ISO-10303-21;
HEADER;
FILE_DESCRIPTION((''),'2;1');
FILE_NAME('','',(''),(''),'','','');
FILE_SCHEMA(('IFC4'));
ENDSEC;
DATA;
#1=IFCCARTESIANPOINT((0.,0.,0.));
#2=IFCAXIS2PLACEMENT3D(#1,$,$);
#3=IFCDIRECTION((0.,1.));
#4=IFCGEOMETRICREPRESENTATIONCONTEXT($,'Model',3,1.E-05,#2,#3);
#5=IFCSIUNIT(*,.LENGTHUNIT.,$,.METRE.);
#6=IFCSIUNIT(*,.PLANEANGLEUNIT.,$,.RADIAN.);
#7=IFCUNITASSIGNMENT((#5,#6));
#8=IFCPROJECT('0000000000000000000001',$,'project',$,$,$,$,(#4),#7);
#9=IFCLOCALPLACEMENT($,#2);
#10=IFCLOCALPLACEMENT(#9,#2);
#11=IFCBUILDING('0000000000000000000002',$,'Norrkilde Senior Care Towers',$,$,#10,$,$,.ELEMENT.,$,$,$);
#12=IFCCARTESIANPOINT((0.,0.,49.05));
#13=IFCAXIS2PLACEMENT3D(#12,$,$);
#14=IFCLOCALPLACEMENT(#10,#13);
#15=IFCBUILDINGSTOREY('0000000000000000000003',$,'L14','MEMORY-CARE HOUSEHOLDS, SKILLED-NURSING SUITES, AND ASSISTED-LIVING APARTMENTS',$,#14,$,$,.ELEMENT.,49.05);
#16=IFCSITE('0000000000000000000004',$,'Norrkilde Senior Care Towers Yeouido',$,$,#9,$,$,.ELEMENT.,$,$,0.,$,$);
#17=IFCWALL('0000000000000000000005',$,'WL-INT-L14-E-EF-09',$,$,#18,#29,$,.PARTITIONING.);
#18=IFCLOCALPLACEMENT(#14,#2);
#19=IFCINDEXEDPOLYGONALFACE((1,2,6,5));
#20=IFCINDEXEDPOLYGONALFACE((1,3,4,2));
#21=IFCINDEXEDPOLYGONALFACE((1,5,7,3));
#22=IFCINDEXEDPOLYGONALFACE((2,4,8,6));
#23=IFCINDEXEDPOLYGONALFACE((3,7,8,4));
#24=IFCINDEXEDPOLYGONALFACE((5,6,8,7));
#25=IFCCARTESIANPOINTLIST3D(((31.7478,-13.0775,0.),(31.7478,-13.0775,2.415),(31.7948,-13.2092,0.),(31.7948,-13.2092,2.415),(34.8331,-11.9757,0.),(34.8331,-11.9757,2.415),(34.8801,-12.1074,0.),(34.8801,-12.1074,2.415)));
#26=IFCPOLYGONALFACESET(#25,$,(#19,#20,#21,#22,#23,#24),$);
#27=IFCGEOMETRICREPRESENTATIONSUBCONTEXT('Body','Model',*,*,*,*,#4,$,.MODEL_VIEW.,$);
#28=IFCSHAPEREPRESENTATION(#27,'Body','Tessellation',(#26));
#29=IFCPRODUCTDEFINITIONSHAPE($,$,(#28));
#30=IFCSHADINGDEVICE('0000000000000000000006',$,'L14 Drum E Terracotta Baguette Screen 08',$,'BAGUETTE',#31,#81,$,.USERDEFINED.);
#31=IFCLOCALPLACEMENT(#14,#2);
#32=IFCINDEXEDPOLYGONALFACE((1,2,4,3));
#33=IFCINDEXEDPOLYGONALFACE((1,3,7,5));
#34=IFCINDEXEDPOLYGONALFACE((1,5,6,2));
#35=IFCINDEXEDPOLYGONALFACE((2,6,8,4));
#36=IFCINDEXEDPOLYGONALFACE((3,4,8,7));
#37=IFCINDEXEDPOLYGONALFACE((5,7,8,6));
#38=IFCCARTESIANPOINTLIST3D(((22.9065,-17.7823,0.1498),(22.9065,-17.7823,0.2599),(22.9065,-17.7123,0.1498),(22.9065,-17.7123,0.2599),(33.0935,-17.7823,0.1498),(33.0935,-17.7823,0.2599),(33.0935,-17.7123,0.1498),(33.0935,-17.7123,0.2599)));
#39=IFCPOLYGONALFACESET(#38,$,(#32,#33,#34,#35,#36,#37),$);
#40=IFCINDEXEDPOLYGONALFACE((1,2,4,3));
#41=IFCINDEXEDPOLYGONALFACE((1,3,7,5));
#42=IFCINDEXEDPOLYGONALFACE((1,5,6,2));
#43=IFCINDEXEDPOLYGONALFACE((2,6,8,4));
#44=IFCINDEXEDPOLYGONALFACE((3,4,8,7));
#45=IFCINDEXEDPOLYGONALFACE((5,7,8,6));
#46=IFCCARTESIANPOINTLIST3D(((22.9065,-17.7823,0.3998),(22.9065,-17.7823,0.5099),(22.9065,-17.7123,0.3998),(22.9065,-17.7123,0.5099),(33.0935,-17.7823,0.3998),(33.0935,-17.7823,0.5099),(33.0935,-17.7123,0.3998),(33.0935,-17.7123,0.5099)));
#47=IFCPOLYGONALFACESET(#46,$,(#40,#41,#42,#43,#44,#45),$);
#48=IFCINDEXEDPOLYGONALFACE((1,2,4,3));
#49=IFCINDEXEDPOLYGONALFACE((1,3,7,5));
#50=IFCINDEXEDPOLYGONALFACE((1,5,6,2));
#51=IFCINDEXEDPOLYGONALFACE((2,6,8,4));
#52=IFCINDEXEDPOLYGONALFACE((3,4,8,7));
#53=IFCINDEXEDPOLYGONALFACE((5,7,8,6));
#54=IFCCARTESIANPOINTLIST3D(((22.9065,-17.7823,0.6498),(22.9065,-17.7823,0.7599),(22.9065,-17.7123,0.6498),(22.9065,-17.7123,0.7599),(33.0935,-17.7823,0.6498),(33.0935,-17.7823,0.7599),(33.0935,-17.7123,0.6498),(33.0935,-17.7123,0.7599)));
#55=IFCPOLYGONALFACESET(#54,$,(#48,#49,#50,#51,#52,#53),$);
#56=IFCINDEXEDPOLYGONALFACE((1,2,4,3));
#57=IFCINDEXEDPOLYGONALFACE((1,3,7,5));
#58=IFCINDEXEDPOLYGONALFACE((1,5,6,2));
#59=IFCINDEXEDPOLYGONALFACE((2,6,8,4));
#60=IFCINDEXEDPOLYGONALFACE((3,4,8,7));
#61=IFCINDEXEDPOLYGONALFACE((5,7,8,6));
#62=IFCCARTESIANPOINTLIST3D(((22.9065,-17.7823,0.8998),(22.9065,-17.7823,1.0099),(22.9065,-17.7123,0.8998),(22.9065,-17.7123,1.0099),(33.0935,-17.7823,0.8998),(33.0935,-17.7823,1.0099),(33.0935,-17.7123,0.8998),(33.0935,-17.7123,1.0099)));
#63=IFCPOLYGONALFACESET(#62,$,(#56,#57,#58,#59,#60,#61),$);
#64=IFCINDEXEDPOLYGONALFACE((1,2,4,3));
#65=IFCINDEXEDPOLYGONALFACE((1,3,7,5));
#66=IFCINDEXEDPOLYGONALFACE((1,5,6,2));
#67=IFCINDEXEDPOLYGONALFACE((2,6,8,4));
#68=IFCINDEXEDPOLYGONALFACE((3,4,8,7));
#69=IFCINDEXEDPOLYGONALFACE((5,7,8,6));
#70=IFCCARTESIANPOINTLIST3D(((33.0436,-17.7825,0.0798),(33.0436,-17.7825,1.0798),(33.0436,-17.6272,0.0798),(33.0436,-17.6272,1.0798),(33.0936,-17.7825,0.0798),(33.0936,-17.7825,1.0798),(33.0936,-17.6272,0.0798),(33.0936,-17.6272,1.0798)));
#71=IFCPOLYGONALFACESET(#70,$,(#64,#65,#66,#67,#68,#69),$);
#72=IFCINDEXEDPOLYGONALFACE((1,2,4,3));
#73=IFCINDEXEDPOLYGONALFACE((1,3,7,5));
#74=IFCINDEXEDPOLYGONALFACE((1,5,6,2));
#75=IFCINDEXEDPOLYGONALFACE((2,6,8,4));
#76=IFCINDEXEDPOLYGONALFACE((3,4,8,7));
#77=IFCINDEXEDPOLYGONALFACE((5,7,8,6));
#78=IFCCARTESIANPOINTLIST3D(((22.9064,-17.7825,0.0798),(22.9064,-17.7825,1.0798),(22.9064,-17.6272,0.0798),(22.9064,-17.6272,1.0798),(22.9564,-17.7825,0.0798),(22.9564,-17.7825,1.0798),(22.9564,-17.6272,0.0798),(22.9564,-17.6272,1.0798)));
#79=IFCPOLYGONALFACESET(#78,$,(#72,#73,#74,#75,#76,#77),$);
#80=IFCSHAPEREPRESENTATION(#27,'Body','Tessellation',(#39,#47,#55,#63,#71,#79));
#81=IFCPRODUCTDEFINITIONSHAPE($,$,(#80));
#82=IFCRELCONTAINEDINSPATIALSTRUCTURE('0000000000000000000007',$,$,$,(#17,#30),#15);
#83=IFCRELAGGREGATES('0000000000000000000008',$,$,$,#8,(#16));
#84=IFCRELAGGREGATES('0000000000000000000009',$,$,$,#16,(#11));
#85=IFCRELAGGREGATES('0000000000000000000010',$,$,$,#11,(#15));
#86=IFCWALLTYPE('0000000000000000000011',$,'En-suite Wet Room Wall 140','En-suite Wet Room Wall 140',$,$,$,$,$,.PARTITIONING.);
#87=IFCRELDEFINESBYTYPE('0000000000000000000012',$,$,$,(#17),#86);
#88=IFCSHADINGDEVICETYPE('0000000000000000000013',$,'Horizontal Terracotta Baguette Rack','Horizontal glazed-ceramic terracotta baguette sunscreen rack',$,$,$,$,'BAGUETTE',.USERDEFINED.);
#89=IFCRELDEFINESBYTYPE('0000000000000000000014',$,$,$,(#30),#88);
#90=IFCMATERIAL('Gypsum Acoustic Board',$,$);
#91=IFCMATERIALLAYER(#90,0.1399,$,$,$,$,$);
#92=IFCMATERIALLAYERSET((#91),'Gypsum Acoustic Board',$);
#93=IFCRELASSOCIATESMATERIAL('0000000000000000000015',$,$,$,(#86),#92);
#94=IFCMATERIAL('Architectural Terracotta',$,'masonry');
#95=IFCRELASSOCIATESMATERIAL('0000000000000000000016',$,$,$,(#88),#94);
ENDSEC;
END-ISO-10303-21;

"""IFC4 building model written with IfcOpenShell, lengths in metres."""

from ifc_helpers import new_model, si_unit, direction, frame, frame_2d, origin, origin_2d, place, context, subcontext, project, spatial, rectangle, extrude, source, transform, mapped, material, layer, layer_set, type_object, type_shapes, element, save


model = new_model("IFC4")

# Units and contexts
model_context = context("Model", 3, precision=1e-05, world=origin(), true_north=direction((0.0, 1.0)))
body_context = subcontext(model_context, "Body", "Model", "MODEL_VIEW")
ifc_project = project(units=[si_unit("LENGTHUNIT", "METRE"), si_unit("PLANEANGLEUNIT", "RADIAN")], contexts=[model_context])

# Site, building, storey
site_placement = place(None, origin())
site = spatial("IfcSite", under=ifc_project, at=site_placement, Name="Norrkilde Senior Care Towers Yeouido", CompositionType="ELEMENT", RefElevation=0.0)
building_placement = place(site_placement, origin())
building = spatial("IfcBuilding", under=site, at=building_placement, Name="Norrkilde Senior Care Towers", CompositionType="ELEMENT")
storey_placement = place(building_placement, frame((0.0, 0.0, 49.05)))
storey = spatial("IfcBuildingStorey", under=building, at=storey_placement, Name="L14", Description="MEMORY-CARE HOUSEHOLDS, SKILLED-NURSING SUITES, AND ASSISTED-LIVING APARTMENTS", CompositionType="ELEMENT", Elevation=49.05)

# Shared definitions
ifc_material_1 = material(Name="Gypsum Acoustic Board")
ifc_layer_1 = layer(ifc_material_1, 0.1399)
ifc_layer_set_1 = layer_set([ifc_layer_1], Name="Gypsum Acoustic Board")
wall_type_1 = type_object("IfcWallType", Name="En-suite Wet Room Wall 140", Description="En-suite Wet Room Wall 140", PredefinedType="PARTITIONING", material=ifc_layer_set_1)

# Wall
shared_shape_1 = source(origin(), body_context, "Body", "SweptSolid", [
    extrude(rectangle(XDim=3.2761, YDim=0.1399, at=frame_2d((1.6382, 0.0))), origin(), (0.0, 0.0, 1.0), 2.415),
])
wall_1_placement = place(storey_placement, frame((34.8567, -12.0415, 0.0), z_axis=(0.0, 0.0, 1.0), x_axis=(-0.941747, -0.336322, 0.0)))
element("IfcWall", 1, at=wall_1_placement, inside=storey, type_object=wall_type_1, Name="WL-INT-L14-E-EF-09", PredefinedType="PARTITIONING", context=body_context, shape_type="MappedRepresentation", body=[
    mapped(shared_shape_1, transform((0.0, 0.0, 0.0), x_axis=(1.0, 0.0, 0.0), y_axis=(0.0, 1.0, 0.0), z_axis=(0.0, 0.0, 1.0), scale=1.0)),
])

# Shading device
ifc_material_2 = material(Name="Architectural Terracotta", Category="masonry")
shading_device_type = type_object("IfcShadingDeviceType", Name="Horizontal Terracotta Baguette Rack", Description="Horizontal glazed-ceramic terracotta baguette sunscreen rack", ElementType="BAGUETTE", PredefinedType="USERDEFINED", material=ifc_material_2)
shared_shape_2 = source(origin(), body_context, "Body", "SweptSolid", [
    extrude(rectangle(XDim=0.0701, YDim=0.1101, at=origin_2d()), frame((0.0, 0.0901, 0.125), z_axis=(1.0, 0.0, 0.0), x_axis=(0.0, 1.0, 0.0)), (0.0, 0.0, 1.0), 10.187),
    extrude(rectangle(XDim=0.0701, YDim=0.1101, at=origin_2d()), frame((0.0, 0.0901, 0.375), z_axis=(1.0, 0.0, 0.0), x_axis=(0.0, 1.0, 0.0)), (0.0, 0.0, 1.0), 10.187),
    extrude(rectangle(XDim=0.0701, YDim=0.1101, at=origin_2d()), frame((0.0, 0.0901, 0.625), z_axis=(1.0, 0.0, 0.0), x_axis=(0.0, 1.0, 0.0)), (0.0, 0.0, 1.0), 10.187),
    extrude(rectangle(XDim=0.0701, YDim=0.1101, at=origin_2d()), frame((0.0, 0.0901, 0.875), z_axis=(1.0, 0.0, 0.0), x_axis=(0.0, 1.0, 0.0)), (0.0, 0.0, 1.0), 10.187),
    extrude(rectangle(XDim=0.05, YDim=0.1553, at=origin_2d()), frame((0.0249, 0.0476, 0.0)), (0.0, 0.0, 1.0), 1.0),
    extrude(rectangle(XDim=0.05, YDim=0.1553, at=origin_2d()), frame((10.1621, 0.0476, 0.0)), (0.0, 0.0, 1.0), 1.0),
])
type_shapes(shading_device_type, [shared_shape_2])
shading_device_placement = place(storey_placement, frame((33.0935, -17.6572, 0.0798), z_axis=(0.0, 0.0, 1.0), x_axis=(-1.0, 0.0, 0.0)))
element("IfcShadingDevice", 2, at=shading_device_placement, inside=storey, type_object=shading_device_type, Name="L14 Drum E Terracotta Baguette Screen 08", ObjectType="BAGUETTE", PredefinedType="USERDEFINED", context=body_context, shape_type="MappedRepresentation", body=[
    mapped(shared_shape_2, transform((0.0, 0.0, 0.0), x_axis=(1.0, 0.0, 0.0), y_axis=(0.0, 1.0, 0.0), z_axis=(0.0, 0.0, 1.0), scale=1.0)),
])

save(model, "model.ifc")
